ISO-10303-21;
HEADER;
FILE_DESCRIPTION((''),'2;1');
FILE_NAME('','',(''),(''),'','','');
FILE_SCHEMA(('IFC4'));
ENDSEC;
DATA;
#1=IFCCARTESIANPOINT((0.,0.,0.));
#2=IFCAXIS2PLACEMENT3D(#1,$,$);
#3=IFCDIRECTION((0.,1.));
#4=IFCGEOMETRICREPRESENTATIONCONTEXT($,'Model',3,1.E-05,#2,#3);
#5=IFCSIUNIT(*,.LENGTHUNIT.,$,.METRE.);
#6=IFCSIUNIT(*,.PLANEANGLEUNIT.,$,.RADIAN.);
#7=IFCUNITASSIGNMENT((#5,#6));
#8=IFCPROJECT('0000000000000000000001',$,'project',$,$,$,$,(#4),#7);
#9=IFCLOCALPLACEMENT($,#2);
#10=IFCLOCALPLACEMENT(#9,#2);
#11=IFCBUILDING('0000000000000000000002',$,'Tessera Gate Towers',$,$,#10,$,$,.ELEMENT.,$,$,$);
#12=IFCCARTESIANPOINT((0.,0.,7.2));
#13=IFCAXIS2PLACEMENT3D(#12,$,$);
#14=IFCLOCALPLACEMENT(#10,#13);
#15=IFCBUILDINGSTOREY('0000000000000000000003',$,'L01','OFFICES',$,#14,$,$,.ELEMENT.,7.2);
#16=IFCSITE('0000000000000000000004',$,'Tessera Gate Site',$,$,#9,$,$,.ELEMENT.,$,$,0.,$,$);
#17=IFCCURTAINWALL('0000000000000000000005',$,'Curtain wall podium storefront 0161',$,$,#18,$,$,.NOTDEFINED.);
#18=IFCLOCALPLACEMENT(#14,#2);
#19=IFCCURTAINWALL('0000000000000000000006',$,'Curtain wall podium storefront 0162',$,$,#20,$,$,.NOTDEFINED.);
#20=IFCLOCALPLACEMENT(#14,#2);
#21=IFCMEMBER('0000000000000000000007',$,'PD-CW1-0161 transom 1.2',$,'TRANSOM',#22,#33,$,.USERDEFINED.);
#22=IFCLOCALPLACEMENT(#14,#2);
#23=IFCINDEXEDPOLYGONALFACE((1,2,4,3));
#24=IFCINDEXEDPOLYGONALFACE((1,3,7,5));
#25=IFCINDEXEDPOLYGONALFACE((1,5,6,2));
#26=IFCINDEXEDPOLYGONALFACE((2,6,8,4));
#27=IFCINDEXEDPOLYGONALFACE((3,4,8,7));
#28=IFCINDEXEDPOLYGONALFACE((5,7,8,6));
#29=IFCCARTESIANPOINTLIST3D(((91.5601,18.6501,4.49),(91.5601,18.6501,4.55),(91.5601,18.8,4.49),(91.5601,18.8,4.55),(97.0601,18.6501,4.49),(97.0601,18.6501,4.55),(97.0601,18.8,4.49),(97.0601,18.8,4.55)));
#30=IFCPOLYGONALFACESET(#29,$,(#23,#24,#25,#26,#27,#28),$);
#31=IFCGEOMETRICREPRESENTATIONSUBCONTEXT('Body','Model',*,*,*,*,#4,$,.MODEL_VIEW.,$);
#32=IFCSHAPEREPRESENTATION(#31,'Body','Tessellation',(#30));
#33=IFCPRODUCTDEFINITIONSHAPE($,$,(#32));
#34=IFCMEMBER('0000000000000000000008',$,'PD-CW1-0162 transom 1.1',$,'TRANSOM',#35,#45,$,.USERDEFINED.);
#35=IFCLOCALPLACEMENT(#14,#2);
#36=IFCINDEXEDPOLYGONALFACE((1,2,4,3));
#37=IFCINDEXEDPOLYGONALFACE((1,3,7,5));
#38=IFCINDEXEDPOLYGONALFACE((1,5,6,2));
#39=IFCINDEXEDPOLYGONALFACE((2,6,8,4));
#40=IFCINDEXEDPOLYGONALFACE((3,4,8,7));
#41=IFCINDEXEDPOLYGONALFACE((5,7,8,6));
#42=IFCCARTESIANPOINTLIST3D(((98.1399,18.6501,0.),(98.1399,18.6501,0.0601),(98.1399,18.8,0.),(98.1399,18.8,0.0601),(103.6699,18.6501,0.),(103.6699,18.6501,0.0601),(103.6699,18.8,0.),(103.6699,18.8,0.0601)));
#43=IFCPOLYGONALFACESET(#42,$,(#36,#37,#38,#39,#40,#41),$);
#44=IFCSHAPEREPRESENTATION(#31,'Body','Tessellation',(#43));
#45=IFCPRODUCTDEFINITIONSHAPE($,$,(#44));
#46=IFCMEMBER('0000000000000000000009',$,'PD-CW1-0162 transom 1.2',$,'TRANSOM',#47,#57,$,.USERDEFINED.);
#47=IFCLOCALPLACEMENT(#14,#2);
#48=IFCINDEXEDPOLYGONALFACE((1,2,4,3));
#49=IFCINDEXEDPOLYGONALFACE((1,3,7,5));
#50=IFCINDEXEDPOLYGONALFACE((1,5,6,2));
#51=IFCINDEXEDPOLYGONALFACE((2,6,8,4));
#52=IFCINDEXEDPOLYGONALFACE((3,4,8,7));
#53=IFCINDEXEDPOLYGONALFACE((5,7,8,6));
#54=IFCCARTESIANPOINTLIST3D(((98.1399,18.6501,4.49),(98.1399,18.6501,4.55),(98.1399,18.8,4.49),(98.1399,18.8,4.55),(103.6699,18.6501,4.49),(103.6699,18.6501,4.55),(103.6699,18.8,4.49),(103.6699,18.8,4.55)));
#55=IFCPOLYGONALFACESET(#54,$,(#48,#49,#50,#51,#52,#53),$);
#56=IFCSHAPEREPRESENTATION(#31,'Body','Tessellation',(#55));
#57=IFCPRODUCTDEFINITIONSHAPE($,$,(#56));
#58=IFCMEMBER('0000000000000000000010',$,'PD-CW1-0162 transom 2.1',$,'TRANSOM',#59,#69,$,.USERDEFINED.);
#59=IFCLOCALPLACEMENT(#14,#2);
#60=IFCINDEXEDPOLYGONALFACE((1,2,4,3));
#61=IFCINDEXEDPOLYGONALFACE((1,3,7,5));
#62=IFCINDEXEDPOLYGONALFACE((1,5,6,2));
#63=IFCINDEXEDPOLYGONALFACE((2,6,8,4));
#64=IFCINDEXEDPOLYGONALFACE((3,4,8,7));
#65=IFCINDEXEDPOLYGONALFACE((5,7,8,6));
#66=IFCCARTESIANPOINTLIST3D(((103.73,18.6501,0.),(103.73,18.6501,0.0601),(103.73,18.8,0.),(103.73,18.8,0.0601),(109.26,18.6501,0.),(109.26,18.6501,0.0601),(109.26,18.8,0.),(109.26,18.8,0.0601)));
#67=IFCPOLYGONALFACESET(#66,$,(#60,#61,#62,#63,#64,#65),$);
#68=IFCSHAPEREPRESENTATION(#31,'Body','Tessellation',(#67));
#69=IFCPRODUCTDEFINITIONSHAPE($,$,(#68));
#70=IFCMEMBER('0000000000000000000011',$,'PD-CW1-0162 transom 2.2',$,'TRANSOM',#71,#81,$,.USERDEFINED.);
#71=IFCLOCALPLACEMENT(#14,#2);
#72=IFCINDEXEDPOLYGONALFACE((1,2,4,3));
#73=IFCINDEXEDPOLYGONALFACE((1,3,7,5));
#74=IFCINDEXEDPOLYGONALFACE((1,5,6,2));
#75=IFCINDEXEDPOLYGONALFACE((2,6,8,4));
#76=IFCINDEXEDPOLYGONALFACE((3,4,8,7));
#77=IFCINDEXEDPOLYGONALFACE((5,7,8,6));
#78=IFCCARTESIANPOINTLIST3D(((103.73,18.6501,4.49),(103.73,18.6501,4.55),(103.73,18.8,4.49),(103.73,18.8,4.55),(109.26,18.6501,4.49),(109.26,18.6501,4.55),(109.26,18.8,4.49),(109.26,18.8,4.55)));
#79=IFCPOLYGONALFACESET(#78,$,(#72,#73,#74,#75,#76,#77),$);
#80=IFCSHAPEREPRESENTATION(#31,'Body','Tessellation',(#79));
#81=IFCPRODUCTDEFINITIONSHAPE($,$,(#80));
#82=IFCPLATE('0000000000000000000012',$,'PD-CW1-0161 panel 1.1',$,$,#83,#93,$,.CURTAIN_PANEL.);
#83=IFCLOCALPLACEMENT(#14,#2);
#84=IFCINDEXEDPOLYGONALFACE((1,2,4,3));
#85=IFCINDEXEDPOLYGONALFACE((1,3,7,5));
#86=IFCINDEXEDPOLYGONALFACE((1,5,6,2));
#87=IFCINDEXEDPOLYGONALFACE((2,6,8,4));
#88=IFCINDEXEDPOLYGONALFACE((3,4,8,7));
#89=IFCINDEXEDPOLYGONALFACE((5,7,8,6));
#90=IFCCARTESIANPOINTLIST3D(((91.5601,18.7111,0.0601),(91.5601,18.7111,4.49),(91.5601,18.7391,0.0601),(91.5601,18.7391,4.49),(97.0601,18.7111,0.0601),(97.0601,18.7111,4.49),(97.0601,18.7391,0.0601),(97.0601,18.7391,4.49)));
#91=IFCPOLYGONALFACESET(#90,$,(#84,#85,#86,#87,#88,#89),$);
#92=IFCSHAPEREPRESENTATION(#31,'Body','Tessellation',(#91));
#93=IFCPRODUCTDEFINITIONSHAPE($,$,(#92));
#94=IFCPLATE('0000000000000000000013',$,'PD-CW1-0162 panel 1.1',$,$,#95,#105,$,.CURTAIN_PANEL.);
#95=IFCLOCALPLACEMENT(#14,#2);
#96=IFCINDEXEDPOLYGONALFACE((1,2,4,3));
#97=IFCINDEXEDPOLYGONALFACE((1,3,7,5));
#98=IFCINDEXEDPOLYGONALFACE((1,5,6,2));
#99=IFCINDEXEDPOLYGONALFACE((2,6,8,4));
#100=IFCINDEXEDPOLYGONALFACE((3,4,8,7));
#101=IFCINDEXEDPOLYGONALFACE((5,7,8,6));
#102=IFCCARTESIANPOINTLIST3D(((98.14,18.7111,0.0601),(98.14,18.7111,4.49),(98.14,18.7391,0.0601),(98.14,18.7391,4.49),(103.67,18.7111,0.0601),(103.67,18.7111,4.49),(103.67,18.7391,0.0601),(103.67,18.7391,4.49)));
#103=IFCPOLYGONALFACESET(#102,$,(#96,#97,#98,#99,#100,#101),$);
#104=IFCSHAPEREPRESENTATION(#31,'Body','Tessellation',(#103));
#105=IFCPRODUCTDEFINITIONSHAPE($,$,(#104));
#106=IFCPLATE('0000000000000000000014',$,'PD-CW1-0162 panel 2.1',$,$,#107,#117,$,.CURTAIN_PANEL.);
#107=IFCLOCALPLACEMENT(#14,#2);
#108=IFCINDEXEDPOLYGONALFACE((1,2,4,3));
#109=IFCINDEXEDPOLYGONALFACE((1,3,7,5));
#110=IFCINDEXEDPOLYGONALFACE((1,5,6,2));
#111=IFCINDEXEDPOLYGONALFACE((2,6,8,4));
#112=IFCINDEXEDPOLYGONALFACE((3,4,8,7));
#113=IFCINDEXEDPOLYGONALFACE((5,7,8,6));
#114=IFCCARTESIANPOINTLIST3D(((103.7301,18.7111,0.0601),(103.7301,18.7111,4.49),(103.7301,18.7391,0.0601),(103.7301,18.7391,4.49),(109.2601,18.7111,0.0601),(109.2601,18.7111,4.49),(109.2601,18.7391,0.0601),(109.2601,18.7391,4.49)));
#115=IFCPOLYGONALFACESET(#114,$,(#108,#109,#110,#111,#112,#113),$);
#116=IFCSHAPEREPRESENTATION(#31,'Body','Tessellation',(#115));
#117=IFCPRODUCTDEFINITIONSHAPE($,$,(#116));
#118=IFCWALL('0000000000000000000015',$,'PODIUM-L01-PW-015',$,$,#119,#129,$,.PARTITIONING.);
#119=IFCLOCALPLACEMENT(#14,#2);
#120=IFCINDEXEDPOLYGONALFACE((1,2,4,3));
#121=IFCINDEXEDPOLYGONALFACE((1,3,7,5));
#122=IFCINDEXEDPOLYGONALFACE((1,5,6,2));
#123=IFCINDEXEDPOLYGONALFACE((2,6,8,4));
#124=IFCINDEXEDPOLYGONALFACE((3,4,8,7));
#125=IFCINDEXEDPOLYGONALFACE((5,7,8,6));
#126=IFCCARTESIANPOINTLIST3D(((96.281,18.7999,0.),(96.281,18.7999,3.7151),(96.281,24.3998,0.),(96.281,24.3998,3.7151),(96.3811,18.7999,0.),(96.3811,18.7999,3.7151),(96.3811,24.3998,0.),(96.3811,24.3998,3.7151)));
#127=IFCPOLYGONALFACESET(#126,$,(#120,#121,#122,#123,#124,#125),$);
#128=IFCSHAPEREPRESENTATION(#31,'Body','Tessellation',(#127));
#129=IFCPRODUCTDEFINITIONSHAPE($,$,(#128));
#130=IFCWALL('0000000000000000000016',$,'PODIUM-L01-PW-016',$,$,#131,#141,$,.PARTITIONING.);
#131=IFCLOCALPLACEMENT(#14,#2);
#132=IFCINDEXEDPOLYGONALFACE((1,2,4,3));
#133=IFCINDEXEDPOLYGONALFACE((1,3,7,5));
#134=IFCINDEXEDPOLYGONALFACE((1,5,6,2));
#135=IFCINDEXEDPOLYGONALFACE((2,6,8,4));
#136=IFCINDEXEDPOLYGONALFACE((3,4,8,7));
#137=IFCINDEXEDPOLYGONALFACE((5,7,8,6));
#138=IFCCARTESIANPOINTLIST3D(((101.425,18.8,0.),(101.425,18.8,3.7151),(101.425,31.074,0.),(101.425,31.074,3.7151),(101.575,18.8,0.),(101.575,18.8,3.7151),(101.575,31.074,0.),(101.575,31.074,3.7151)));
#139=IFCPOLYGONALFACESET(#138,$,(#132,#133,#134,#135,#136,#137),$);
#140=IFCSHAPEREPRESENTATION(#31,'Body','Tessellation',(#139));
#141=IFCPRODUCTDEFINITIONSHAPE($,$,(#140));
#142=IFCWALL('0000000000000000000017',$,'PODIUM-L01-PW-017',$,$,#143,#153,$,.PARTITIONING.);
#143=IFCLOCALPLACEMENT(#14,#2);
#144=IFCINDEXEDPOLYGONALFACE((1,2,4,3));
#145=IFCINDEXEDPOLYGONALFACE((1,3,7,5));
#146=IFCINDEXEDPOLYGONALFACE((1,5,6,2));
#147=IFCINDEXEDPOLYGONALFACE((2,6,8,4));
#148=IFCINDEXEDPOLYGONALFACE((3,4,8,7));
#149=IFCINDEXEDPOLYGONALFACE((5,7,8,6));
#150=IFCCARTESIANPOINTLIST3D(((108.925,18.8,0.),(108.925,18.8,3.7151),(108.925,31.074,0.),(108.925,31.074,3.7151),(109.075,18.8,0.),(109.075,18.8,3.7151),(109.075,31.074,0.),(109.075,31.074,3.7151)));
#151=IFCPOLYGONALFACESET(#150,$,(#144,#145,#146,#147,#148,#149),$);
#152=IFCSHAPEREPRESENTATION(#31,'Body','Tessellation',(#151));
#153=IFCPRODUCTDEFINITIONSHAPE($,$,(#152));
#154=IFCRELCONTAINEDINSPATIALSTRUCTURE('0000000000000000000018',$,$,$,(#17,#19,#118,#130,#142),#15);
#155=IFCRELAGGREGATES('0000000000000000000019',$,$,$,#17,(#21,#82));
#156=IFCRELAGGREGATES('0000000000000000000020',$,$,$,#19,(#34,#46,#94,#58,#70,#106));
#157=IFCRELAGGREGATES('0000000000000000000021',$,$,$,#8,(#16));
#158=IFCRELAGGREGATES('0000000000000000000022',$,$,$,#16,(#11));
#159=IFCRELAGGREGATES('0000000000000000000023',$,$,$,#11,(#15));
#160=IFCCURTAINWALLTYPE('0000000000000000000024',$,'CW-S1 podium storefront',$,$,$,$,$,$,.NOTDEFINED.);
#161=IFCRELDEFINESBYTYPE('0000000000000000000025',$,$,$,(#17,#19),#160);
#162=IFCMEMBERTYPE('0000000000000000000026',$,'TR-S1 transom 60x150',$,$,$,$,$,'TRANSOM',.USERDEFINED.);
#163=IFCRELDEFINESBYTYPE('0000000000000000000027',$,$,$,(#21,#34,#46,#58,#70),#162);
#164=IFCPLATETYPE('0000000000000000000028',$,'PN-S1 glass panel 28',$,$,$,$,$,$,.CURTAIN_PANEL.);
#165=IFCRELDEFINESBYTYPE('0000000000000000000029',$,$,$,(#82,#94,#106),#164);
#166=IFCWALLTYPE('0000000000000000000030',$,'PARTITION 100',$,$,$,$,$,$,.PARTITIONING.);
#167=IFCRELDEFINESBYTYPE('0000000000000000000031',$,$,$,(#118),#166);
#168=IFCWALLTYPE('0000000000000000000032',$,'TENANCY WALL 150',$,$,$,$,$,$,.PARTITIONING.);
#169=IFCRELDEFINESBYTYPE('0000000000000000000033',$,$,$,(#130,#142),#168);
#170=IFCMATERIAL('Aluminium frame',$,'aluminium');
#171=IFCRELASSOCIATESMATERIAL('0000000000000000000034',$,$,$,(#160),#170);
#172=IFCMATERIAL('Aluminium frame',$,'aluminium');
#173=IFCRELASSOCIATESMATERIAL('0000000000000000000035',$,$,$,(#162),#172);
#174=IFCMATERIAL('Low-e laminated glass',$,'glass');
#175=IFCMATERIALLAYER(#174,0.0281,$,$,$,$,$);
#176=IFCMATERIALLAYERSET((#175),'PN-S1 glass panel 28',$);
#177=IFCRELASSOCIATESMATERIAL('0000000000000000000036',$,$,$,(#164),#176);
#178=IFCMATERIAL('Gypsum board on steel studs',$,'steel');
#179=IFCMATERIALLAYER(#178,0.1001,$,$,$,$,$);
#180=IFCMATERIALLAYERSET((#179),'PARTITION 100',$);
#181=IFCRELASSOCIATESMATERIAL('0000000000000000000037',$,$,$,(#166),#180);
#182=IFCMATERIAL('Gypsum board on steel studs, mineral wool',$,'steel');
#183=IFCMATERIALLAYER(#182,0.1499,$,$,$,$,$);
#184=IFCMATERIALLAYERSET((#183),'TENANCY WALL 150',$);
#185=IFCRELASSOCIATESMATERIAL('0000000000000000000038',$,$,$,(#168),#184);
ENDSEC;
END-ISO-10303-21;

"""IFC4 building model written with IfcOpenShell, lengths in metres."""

from ifc_helpers import new_model, si_unit, direction, frame, frame_2d, origin, origin_2d, place, context, subcontext, project, spatial, rectangle, extrude, material, layer, layer_set, material_profile, profile_set, type_object, element, aggregate, save


model = new_model("IFC4")

# Units and contexts
model_context = context("Model", 3, precision=1e-05, world=origin(), true_north=direction((0.0, 1.0)))
body_context = subcontext(model_context, "Body", "Model", "MODEL_VIEW")
ifc_project = project(units=[si_unit("LENGTHUNIT", "METRE"), si_unit("PLANEANGLEUNIT", "RADIAN")], contexts=[model_context])

# Site, building, storey
site_placement = place(None, origin())
site = spatial("IfcSite", under=ifc_project, at=site_placement, Name="Tessera Gate Site", CompositionType="ELEMENT", RefElevation=0.0)
building_placement = place(site_placement, origin())
building = spatial("IfcBuilding", under=site, at=building_placement, Name="Tessera Gate Towers", CompositionType="ELEMENT")
storey_placement = place(building_placement, frame((0.0, 0.0, 7.2)))
storey = spatial("IfcBuildingStorey", under=building, at=storey_placement, Name="L01", Description="OFFICES", CompositionType="ELEMENT", Elevation=7.2)

# Curtain walls
ifc_material_1 = material(Name="Aluminium frame", Category="aluminium")
curtain_wall_type = type_object("IfcCurtainWallType", Name="CW-S1 podium storefront", PredefinedType="NOTDEFINED", material=ifc_material_1)
curtain_wall_1_placement = place(storey_placement, origin())
curtain_wall_1 = element("IfcCurtainWall", 1, at=curtain_wall_1_placement, inside=storey, type_object=curtain_wall_type, Name="Curtain wall podium storefront 0161", PredefinedType="NOTDEFINED")
curtain_wall_2_placement = place(storey_placement, origin())
curtain_wall_2 = element("IfcCurtainWall", 2, at=curtain_wall_2_placement, inside=storey, type_object=curtain_wall_type, Name="Curtain wall podium storefront 0162", PredefinedType="NOTDEFINED")

# Members
ifc_material_2 = material(Name="Aluminium frame", Category="aluminium")
ifc_material_profile_1 = material_profile(ifc_material_2, rectangle(XDim=0.1499, YDim=0.0601, at=origin_2d()), Name="AL 60x150")
ifc_profile_set_1 = profile_set([ifc_material_profile_1], Name="Aluminium frame")
member_type_1 = type_object("IfcMemberType", Name="TR-S1 transom 60x150", ElementType="TRANSOM", PredefinedType="USERDEFINED", material=ifc_profile_set_1)
member_1_placement = place(storey_placement, frame((91.5601, 18.7251, 4.52), z_axis=(1.0, 0.0, 0.0), x_axis=(0.0, 1.0, 0.0)))
member_1 = element("IfcMember", 3, at=member_1_placement, type_object=member_type_1, Name="PD-CW1-0161 transom 1.2", ObjectType="TRANSOM", PredefinedType="USERDEFINED", context=body_context, shape_type="SweptSolid", body=[
    extrude(rectangle(XDim=0.1499, YDim=0.0601, at=origin_2d()), origin(), (0.0, 0.0, 1.0), 5.5),
])
member_2_placement = place(storey_placement, frame((98.1399, 18.7251, 0.03), z_axis=(1.0, 0.0, 0.0), x_axis=(0.0, 1.0, 0.0)))
member_2 = element("IfcMember", 4, at=member_2_placement, type_object=member_type_1, Name="PD-CW1-0162 transom 1.1", ObjectType="TRANSOM", PredefinedType="USERDEFINED", context=body_context, shape_type="SweptSolid", body=[
    extrude(rectangle(XDim=0.1499, YDim=0.0601, at=origin_2d()), origin(), (0.0, 0.0, 1.0), 5.53),
])
member_3_placement = place(storey_placement, frame((98.1399, 18.7251, 4.52), z_axis=(1.0, 0.0, 0.0), x_axis=(0.0, 1.0, 0.0)))
member_3 = element("IfcMember", 5, at=member_3_placement, type_object=member_type_1, Name="PD-CW1-0162 transom 1.2", ObjectType="TRANSOM", PredefinedType="USERDEFINED", context=body_context, shape_type="SweptSolid", body=[
    extrude(rectangle(XDim=0.1499, YDim=0.0601, at=origin_2d()), origin(), (0.0, 0.0, 1.0), 5.53),
])
member_4_placement = place(storey_placement, frame((103.73, 18.7251, 0.03), z_axis=(1.0, 0.0, 0.0), x_axis=(0.0, 1.0, 0.0)))
member_4 = element("IfcMember", 6, at=member_4_placement, type_object=member_type_1, Name="PD-CW1-0162 transom 2.1", ObjectType="TRANSOM", PredefinedType="USERDEFINED", context=body_context, shape_type="SweptSolid", body=[
    extrude(rectangle(XDim=0.1499, YDim=0.0601, at=origin_2d()), origin(), (0.0, 0.0, 1.0), 5.53),
])
member_5_placement = place(storey_placement, frame((103.73, 18.7251, 4.52), z_axis=(1.0, 0.0, 0.0), x_axis=(0.0, 1.0, 0.0)))
member_5 = element("IfcMember", 7, at=member_5_placement, type_object=member_type_1, Name="PD-CW1-0162 transom 2.2", ObjectType="TRANSOM", PredefinedType="USERDEFINED", context=body_context, shape_type="SweptSolid", body=[
    extrude(rectangle(XDim=0.1499, YDim=0.0601, at=origin_2d()), origin(), (0.0, 0.0, 1.0), 5.53),
])

# Plates
ifc_material_3 = material(Name="Low-e laminated glass", Category="glass")
ifc_layer_1 = layer(ifc_material_3, 0.0281)
ifc_layer_set_1 = layer_set([ifc_layer_1], Name="PN-S1 glass panel 28")
plate_type = type_object("IfcPlateType", Name="PN-S1 glass panel 28", PredefinedType="CURTAIN_PANEL", material=ifc_layer_set_1)
plate_1_placement = place(storey_placement, frame((94.3101, 18.7251, 0.0601), z_axis=(0.0, 0.0, 1.0), x_axis=(1.0, 0.0, 0.0)))
plate_1 = element("IfcPlate", 8, at=plate_1_placement, type_object=plate_type, Name="PD-CW1-0161 panel 1.1", PredefinedType="CURTAIN_PANEL", context=body_context, shape_type="SweptSolid", body=[
    extrude(rectangle(XDim=5.5, YDim=0.0281, at=origin_2d()), origin(), (0.0, 0.0, 1.0), 4.4299),
])
aggregate(curtain_wall_1, [member_1, plate_1])
plate_2_placement = place(storey_placement, frame((100.905, 18.7251, 0.0601), z_axis=(0.0, 0.0, 1.0), x_axis=(1.0, 0.0, 0.0)))
plate_2 = element("IfcPlate", 9, at=plate_2_placement, type_object=plate_type, Name="PD-CW1-0162 panel 1.1", PredefinedType="CURTAIN_PANEL", context=body_context, shape_type="SweptSolid", body=[
    extrude(rectangle(XDim=5.53, YDim=0.0281, at=origin_2d()), origin(), (0.0, 0.0, 1.0), 4.4299),
])
plate_3_placement = place(storey_placement, frame((106.4951, 18.7251, 0.0601), z_axis=(0.0, 0.0, 1.0), x_axis=(1.0, 0.0, 0.0)))
plate_3 = element("IfcPlate", 10, at=plate_3_placement, type_object=plate_type, Name="PD-CW1-0162 panel 2.1", PredefinedType="CURTAIN_PANEL", context=body_context, shape_type="SweptSolid", body=[
    extrude(rectangle(XDim=5.53, YDim=0.0281, at=origin_2d()), origin(), (0.0, 0.0, 1.0), 4.4299),
])
aggregate(curtain_wall_2, [member_2, member_3, plate_2, member_4, member_5, plate_3])

# Walls
ifc_material_4 = material(Name="Gypsum board on steel studs", Category="steel")
ifc_layer_2 = layer(ifc_material_4, 0.1001)
ifc_layer_set_2 = layer_set([ifc_layer_2], Name="PARTITION 100")
wall_type_1 = type_object("IfcWallType", Name="PARTITION 100", PredefinedType="PARTITIONING", material=ifc_layer_set_2)
wall_placement = place(storey_placement, frame((96.3311, 18.8, 0.0), z_axis=(0.0, 0.0, 1.0), x_axis=(0.0, 1.0, 0.0)))
element("IfcWall", 11, at=wall_placement, inside=storey, type_object=wall_type_1, Name="PODIUM-L01-PW-015", PredefinedType="PARTITIONING", context=body_context, shape_type="SweptSolid", body=[
    extrude(rectangle(XDim=5.5999, YDim=0.1001, at=frame_2d((2.7998, 0.0))), origin(), (0.0, 0.0, 1.0), 3.7151),
])
ifc_material_5 = material(Name="Gypsum board on steel studs, mineral wool", Category="steel")
ifc_layer_3 = layer(ifc_material_5, 0.1499)
ifc_layer_set_3 = layer_set([ifc_layer_3], Name="TENANCY WALL 150")
wall_type_2 = type_object("IfcWallType", Name="TENANCY WALL 150", PredefinedType="PARTITIONING", material=ifc_layer_set_3)
for number, where, z_axis, x_axis, name in (
    (12, (101.5, 18.8, 0.0), (0.0, 0.0, 1.0), (0.0, 1.0, 0.0), "PODIUM-L01-PW-016"),
    (13, (109.0, 18.8, 0.0), (0.0, 0.0, 1.0), (0.0, 1.0, 0.0), "PODIUM-L01-PW-017"),
):
    element("IfcWall", number, at=place(storey_placement, frame(where, z_axis=z_axis, x_axis=x_axis)), inside=storey, type_object=wall_type_2, Name=name, PredefinedType="PARTITIONING", context=body_context, shape_type="SweptSolid", body=[
        extrude(rectangle(XDim=12.2739, YDim=0.1499, at=frame_2d((6.137, 0.0))), origin(), (0.0, 0.0, 1.0), 3.7151),
    ])

save(model, "model.ifc")
